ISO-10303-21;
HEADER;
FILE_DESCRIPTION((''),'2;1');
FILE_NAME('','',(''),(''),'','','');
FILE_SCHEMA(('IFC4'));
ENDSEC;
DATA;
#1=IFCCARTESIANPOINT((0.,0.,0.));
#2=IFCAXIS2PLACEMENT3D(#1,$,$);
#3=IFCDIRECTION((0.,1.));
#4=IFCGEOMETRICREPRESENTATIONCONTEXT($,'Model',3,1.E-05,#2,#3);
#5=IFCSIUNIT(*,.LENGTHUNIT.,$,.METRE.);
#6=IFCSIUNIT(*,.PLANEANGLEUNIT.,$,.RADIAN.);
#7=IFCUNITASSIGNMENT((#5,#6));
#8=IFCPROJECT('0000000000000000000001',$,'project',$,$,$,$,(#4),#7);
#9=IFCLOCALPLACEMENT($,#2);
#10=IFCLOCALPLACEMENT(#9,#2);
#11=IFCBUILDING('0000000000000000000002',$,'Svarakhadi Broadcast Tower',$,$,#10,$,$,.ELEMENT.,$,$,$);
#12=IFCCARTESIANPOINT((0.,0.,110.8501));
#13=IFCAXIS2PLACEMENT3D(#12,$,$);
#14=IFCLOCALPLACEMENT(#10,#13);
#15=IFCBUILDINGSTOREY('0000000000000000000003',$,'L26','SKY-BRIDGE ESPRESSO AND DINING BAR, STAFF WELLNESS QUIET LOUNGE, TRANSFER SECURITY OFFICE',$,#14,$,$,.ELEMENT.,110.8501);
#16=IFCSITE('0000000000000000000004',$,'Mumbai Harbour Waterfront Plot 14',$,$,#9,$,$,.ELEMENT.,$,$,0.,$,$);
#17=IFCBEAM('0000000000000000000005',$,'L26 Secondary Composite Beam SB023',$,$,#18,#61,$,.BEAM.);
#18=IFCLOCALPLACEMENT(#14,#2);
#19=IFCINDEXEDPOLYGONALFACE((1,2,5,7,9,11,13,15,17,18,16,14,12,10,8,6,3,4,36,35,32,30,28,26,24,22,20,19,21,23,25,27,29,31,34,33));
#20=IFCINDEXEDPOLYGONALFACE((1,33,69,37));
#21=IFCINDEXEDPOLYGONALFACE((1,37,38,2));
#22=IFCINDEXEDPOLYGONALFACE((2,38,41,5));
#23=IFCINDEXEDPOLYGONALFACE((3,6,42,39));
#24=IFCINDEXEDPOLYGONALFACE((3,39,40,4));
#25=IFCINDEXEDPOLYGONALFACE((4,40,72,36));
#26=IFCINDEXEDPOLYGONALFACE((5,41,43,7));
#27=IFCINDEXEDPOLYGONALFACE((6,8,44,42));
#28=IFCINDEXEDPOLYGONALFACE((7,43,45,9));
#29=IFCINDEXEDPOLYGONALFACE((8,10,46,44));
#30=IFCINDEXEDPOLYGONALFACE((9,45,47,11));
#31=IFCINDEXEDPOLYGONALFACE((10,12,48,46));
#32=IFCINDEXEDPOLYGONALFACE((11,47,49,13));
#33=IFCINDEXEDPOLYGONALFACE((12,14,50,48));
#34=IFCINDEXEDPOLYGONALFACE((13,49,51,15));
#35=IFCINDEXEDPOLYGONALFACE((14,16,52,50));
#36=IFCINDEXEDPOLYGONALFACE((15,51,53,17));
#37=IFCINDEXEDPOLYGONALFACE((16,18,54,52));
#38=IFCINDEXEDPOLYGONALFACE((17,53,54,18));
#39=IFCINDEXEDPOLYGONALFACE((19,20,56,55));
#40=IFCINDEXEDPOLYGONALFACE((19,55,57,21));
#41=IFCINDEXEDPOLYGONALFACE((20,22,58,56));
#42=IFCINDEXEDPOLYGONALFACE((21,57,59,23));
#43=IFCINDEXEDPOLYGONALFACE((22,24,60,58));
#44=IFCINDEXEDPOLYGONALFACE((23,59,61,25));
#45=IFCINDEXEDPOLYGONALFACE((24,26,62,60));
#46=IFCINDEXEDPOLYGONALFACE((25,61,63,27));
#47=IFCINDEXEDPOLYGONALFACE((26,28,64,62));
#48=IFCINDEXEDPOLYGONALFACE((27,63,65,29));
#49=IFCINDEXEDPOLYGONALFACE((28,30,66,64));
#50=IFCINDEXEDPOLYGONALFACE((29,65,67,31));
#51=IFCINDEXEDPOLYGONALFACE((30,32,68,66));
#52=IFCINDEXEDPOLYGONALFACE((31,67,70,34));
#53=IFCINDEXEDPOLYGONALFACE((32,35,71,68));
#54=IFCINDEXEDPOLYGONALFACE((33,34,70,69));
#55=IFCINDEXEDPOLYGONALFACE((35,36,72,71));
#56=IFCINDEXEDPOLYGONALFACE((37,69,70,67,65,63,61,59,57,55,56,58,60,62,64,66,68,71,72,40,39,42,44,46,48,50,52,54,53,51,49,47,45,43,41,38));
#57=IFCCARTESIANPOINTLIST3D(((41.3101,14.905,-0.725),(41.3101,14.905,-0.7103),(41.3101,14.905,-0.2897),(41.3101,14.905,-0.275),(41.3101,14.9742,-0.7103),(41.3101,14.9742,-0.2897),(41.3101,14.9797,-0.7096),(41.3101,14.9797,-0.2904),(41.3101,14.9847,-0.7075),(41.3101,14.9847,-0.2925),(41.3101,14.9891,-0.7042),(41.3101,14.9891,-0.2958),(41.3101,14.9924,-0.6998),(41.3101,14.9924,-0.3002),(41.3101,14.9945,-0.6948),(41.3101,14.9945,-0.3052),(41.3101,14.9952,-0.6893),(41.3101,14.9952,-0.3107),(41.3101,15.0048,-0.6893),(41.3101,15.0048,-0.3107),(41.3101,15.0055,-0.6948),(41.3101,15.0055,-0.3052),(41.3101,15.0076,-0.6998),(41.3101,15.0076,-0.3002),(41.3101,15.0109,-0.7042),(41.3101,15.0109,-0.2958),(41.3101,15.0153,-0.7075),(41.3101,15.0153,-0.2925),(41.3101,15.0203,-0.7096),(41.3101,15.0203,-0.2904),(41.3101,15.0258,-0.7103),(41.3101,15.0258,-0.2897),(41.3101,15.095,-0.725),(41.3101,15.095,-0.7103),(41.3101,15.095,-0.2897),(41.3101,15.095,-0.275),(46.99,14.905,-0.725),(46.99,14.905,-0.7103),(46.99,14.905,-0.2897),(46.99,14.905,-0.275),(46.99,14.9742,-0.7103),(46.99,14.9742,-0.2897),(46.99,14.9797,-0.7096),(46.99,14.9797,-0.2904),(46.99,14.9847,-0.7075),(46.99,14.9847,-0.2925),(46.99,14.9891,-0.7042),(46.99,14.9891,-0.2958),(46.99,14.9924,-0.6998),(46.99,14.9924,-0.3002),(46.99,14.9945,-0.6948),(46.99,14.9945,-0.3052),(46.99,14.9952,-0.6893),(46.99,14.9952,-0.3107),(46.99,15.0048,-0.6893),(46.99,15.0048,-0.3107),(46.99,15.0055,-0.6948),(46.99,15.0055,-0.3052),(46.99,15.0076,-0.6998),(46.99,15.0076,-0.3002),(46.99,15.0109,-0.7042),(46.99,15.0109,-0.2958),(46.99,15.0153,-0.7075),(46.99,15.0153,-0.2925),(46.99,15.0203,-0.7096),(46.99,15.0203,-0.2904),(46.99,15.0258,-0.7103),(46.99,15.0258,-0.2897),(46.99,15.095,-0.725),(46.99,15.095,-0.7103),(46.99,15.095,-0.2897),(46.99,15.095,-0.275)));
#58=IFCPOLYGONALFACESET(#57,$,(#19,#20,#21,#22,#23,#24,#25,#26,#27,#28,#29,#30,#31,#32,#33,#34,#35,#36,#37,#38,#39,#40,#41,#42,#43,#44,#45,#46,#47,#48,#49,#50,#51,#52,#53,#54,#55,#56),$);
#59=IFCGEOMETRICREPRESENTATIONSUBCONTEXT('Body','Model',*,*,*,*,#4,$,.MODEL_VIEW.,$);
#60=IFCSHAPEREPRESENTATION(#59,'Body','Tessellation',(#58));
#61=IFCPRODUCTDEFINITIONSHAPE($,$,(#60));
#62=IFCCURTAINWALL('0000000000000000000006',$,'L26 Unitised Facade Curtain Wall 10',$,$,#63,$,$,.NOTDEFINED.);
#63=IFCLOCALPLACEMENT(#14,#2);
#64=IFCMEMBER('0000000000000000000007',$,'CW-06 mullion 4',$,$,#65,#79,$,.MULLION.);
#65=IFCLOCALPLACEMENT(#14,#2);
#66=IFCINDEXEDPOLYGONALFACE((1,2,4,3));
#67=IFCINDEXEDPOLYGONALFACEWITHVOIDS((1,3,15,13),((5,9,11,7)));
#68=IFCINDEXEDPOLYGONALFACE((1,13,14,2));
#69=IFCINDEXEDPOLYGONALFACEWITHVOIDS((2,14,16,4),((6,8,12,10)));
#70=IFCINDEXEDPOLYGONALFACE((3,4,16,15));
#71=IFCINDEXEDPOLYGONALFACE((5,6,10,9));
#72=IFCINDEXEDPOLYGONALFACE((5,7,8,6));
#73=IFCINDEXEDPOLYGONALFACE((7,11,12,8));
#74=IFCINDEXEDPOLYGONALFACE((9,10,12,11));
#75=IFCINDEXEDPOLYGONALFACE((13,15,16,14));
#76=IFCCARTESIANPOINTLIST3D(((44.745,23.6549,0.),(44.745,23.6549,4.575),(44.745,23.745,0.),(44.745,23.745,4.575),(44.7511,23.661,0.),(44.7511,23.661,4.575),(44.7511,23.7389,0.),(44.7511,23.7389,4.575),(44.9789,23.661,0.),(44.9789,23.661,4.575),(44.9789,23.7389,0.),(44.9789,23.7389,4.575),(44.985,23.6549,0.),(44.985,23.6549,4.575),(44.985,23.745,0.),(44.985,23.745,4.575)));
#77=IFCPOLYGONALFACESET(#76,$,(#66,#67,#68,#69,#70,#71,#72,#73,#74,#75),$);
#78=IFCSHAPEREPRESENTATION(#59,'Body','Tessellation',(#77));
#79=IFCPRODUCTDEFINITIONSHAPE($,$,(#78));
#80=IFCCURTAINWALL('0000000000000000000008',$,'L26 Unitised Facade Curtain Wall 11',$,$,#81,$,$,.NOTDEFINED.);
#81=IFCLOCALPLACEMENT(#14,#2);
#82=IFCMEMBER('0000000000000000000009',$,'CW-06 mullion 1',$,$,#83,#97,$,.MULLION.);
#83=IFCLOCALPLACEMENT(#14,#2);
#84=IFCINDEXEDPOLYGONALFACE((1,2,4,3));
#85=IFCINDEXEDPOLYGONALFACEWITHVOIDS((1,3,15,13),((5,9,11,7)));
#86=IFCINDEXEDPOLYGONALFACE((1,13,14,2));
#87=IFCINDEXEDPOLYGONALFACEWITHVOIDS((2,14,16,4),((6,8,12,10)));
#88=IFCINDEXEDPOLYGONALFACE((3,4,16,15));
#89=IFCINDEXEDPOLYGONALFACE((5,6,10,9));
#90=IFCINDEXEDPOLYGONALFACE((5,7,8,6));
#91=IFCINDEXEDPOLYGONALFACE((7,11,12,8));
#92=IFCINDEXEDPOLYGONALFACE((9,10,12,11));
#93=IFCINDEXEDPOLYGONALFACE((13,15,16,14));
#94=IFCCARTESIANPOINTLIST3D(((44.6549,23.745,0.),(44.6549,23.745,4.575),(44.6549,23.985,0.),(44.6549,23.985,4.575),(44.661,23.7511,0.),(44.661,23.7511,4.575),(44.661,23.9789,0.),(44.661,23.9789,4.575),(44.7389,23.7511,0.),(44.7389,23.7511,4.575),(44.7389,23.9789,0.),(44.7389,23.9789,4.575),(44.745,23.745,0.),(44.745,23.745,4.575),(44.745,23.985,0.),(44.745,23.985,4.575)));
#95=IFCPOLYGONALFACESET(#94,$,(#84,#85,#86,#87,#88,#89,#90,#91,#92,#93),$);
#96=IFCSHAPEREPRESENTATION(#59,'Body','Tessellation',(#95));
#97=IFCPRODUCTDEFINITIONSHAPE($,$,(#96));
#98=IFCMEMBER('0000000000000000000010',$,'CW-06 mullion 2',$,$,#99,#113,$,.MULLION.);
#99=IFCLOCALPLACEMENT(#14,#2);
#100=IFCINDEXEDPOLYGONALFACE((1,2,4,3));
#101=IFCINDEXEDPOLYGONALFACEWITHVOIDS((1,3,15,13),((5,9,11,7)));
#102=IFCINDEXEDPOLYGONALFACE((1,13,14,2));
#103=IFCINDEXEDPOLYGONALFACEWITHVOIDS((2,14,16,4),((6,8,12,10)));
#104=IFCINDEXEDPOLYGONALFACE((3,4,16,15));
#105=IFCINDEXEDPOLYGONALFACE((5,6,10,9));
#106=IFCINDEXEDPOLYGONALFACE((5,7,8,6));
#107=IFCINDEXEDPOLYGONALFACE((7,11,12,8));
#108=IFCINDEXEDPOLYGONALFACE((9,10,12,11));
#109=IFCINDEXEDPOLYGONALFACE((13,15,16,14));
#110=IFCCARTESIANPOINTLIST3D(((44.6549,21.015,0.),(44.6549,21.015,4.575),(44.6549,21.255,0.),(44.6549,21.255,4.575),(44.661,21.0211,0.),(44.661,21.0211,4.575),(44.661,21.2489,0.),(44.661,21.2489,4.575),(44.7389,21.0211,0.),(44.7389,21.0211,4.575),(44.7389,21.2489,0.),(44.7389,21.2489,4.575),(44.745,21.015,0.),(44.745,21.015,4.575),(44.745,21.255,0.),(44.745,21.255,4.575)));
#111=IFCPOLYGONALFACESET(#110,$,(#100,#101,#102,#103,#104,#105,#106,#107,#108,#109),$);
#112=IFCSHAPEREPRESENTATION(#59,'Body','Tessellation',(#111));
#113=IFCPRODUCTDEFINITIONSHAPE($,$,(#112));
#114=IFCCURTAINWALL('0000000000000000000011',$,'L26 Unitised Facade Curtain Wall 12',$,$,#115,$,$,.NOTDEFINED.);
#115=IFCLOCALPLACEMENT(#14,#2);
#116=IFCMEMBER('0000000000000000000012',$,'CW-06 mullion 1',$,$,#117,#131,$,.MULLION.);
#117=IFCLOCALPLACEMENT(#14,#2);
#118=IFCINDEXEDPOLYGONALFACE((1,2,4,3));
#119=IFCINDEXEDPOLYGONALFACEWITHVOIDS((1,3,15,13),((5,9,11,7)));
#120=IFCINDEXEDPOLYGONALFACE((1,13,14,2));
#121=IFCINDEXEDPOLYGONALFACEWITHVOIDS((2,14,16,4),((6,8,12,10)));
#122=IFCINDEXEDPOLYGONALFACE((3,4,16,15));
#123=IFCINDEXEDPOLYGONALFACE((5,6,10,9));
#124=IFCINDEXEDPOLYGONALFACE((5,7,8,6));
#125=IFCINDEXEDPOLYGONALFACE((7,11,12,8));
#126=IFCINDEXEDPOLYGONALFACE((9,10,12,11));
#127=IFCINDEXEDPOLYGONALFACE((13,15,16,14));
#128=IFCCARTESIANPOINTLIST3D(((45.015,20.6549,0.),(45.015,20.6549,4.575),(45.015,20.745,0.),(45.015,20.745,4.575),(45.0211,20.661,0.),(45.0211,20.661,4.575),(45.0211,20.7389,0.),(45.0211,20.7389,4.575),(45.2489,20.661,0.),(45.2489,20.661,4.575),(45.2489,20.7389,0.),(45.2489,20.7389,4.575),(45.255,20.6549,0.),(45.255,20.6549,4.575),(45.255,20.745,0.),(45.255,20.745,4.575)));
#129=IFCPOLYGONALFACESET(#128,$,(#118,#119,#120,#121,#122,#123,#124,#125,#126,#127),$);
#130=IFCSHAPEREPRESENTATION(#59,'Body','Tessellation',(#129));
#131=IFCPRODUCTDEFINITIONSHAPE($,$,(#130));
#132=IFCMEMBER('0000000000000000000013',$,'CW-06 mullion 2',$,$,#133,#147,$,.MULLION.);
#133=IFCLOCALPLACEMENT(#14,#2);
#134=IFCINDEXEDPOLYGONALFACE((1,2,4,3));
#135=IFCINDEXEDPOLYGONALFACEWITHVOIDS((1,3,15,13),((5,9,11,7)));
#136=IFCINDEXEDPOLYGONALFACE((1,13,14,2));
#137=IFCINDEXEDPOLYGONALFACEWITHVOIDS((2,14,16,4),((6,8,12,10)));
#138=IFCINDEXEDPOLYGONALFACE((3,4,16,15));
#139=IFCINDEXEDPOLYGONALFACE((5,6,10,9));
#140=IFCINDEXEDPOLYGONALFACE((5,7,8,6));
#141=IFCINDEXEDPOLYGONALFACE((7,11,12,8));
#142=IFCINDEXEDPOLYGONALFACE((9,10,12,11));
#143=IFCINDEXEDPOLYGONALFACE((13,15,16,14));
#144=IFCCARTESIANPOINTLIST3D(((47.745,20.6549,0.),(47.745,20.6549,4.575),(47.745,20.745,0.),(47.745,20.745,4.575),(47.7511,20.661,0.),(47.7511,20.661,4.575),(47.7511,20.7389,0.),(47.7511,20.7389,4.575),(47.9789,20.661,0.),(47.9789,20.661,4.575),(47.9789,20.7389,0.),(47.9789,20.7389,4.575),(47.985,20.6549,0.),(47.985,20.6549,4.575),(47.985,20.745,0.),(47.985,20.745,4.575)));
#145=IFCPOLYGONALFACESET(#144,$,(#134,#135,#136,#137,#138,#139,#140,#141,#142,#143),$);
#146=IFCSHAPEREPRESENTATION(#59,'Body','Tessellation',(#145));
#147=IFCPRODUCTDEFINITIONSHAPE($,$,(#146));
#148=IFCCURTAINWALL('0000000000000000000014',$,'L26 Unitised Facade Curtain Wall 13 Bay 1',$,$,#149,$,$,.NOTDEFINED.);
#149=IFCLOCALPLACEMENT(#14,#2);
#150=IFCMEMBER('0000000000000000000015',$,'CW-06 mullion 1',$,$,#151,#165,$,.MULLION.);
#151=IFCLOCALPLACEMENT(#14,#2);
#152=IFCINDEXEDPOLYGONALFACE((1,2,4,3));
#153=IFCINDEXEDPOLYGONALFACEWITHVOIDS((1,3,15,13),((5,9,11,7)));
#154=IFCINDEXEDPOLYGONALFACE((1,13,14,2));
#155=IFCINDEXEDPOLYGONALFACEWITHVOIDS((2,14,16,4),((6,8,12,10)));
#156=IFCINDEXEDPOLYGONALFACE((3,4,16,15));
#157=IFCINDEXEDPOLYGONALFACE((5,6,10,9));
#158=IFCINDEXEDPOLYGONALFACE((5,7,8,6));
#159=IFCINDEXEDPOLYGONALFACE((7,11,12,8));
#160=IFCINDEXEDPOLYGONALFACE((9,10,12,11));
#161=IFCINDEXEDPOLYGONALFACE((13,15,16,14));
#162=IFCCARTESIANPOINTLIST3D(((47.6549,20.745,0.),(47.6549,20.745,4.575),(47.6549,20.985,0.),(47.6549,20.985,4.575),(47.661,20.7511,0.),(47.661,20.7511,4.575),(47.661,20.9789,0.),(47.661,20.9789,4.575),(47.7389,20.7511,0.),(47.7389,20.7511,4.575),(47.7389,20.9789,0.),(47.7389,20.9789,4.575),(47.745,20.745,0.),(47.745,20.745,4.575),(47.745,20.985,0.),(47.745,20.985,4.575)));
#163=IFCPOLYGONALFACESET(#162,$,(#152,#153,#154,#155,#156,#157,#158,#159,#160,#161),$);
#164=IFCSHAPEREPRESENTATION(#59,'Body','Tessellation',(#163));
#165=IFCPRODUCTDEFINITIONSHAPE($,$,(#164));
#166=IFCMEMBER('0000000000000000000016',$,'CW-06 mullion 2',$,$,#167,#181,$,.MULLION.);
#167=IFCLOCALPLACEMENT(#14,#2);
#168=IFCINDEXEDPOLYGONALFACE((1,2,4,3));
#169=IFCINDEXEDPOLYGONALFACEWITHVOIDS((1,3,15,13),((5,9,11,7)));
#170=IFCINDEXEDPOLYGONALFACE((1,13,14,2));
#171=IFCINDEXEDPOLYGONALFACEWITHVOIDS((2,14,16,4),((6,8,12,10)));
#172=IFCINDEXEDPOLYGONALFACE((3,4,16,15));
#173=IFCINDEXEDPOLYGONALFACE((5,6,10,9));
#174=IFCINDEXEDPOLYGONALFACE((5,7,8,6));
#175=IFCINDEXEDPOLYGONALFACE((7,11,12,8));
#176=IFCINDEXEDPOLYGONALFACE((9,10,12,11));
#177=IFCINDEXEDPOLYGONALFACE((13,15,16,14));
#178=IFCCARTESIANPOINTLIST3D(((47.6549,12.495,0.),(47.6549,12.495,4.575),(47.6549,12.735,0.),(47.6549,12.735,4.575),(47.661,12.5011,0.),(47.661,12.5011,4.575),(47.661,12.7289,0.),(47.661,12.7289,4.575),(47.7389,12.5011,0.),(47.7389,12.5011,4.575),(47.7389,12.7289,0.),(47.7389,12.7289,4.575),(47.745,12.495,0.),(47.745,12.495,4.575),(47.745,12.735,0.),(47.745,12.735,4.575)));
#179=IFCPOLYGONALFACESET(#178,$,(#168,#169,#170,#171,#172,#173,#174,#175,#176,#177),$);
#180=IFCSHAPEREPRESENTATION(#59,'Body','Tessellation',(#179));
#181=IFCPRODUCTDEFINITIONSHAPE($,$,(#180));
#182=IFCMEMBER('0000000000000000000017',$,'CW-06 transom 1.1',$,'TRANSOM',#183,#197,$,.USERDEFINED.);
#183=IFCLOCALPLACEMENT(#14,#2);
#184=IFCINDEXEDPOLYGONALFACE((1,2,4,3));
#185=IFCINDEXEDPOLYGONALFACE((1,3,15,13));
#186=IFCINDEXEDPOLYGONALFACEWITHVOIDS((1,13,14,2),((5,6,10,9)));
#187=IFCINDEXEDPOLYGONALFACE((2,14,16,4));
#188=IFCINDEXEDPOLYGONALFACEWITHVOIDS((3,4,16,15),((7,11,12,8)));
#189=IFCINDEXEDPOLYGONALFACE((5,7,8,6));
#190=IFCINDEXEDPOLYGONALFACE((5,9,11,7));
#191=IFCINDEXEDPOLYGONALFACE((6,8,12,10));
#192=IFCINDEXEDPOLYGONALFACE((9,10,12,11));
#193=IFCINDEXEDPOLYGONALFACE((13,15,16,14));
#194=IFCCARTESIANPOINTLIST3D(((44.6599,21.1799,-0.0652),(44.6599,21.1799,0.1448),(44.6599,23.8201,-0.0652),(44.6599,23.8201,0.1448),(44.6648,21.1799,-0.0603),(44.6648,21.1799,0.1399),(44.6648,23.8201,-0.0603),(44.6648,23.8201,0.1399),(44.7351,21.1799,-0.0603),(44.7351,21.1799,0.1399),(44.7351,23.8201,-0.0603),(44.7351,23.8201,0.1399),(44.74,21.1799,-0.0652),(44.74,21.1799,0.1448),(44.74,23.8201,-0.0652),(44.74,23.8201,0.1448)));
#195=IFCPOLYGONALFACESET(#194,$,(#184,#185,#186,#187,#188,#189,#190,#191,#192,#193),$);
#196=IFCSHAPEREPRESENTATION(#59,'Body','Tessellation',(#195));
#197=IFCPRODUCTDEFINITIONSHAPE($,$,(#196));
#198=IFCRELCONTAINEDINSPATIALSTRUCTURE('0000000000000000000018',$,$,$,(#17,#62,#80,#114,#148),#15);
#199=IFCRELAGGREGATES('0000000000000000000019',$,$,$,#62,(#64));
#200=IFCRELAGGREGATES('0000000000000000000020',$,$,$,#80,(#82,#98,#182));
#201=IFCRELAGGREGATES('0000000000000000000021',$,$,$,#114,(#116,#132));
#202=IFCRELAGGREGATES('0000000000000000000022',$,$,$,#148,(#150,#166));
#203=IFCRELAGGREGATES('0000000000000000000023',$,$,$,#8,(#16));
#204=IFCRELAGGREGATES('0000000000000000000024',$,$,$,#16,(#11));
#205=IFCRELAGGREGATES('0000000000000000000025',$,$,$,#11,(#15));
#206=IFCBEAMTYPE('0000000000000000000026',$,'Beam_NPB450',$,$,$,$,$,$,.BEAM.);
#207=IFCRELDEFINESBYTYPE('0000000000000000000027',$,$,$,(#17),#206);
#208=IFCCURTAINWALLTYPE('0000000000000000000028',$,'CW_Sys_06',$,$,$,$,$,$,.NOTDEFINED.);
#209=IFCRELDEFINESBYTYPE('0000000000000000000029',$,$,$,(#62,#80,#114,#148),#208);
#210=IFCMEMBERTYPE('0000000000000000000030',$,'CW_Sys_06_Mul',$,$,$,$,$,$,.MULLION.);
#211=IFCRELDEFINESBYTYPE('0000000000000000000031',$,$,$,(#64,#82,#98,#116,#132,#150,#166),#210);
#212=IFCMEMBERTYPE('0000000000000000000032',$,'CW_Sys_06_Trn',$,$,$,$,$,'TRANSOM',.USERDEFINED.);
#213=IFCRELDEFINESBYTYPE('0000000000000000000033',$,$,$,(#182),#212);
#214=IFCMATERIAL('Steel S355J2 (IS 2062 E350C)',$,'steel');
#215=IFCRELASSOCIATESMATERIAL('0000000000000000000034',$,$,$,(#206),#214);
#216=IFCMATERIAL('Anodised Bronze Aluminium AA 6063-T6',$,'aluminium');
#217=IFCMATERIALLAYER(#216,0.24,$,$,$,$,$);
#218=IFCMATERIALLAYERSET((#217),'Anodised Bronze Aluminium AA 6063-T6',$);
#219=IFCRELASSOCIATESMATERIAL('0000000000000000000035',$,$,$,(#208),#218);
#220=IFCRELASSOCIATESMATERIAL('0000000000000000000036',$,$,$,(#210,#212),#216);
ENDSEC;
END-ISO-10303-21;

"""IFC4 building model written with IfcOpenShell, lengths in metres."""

from ifc_helpers import new_model, si_unit, direction, frame, origin, origin_2d, place, context, subcontext, project, spatial, hollow_rectangle, i_section, extrude, material, layer, layer_set, material_profile, profile_set, type_object, element, aggregate, save


model = new_model("IFC4")

# Units and contexts
model_context = context("Model", 3, precision=1e-05, world=origin(), true_north=direction((0.0, 1.0)))
body_context = subcontext(model_context, "Body", "Model", "MODEL_VIEW")
ifc_project = project(units=[si_unit("LENGTHUNIT", "METRE"), si_unit("PLANEANGLEUNIT", "RADIAN")], contexts=[model_context])

# Site, building, storey
site_placement = place(None, origin())
site = spatial("IfcSite", under=ifc_project, at=site_placement, Name="Mumbai Harbour Waterfront Plot 14", CompositionType="ELEMENT", RefElevation=0.0)
building_placement = place(site_placement, origin())
building = spatial("IfcBuilding", under=site, at=building_placement, Name="Svarakhadi Broadcast Tower", CompositionType="ELEMENT")
storey_placement = place(building_placement, frame((0.0, 0.0, 110.8501)))
storey = spatial("IfcBuildingStorey", under=building, at=storey_placement, Name="L26", Description="SKY-BRIDGE ESPRESSO AND DINING BAR, STAFF WELLNESS QUIET LOUNGE, TRANSFER SECURITY OFFICE", CompositionType="ELEMENT", Elevation=110.8501)

# Beam
ifc_material_1 = material(Name="Steel S355J2 (IS 2062 E350C)", Category="steel")
ifc_material_profile_1 = material_profile(ifc_material_1, i_section(OverallWidth=0.1899, OverallDepth=0.45, WebThickness=0.0095, FlangeThickness=0.0146, FilletRadius=0.021, at=origin_2d()), Name="NPB 450x190x78")
ifc_profile_set_1 = profile_set([ifc_material_profile_1], Name="Steel S355J2 (IS 2062 E350C)")
beam_type_1 = type_object("IfcBeamType", Name="Beam_NPB450", PredefinedType="BEAM", material=ifc_profile_set_1)
beam_placement = place(storey_placement, frame((41.3101, 15.0, -0.5), z_axis=(1.0, 0.0, 0.0), x_axis=(0.0, 1.0, 0.0)))
element("IfcBeam", 1, at=beam_placement, inside=storey, type_object=beam_type_1, Name="L26 Secondary Composite Beam SB023", PredefinedType="BEAM", context=body_context, shape_type="SweptSolid", body=[
    extrude(i_section(OverallWidth=0.1899, OverallDepth=0.45, WebThickness=0.0095, FlangeThickness=0.0146, FilletRadius=0.021, at=origin_2d()), origin(), (0.0, 0.0, 1.0), 5.6799),
])

# Curtain wall, member
ifc_material_2 = material(Name="Anodised Bronze Aluminium AA 6063-T6", Category="aluminium")
ifc_layer_1 = layer(ifc_material_2, 0.24)
ifc_layer_set_1 = layer_set([ifc_layer_1], Name="Anodised Bronze Aluminium AA 6063-T6")
curtain_wall_type = type_object("IfcCurtainWallType", Name="CW_Sys_06", PredefinedType="NOTDEFINED", material=ifc_layer_set_1)
curtain_wall_1_placement = place(storey_placement, origin())
curtain_wall_1 = element("IfcCurtainWall", 2, at=curtain_wall_1_placement, inside=storey, type_object=curtain_wall_type, Name="L26 Unitised Facade Curtain Wall 10", PredefinedType="NOTDEFINED")
ifc_material_profile_2 = material_profile(ifc_material_2, hollow_rectangle(XDim=0.0901, YDim=0.24, WallThickness=0.0061, at=origin_2d()), Name="ALU MULLION 240x90x6")
ifc_profile_set_2 = profile_set([ifc_material_profile_2], Name="Anodised Bronze Aluminium AA 6063-T6")
member_type_1 = type_object("IfcMemberType", Name="CW_Sys_06_Mul", PredefinedType="MULLION", material=ifc_profile_set_2)
member_1_placement = place(storey_placement, frame((44.865, 23.7, 0.0), z_axis=(0.0, 0.0, 1.0), x_axis=(0.0, 1.0, 0.0)))
member_1 = element("IfcMember", 3, at=member_1_placement, type_object=member_type_1, Name="CW-06 mullion 4", PredefinedType="MULLION", context=body_context, shape_type="SweptSolid", body=[
    extrude(hollow_rectangle(XDim=0.0901, YDim=0.24, WallThickness=0.0061, at=origin_2d()), origin(), (0.0, 0.0, 1.0), 4.575),
])

# Curtain walls, members
curtain_wall_2_placement = place(storey_placement, origin())
curtain_wall_2 = element("IfcCurtainWall", 4, at=curtain_wall_2_placement, inside=storey, type_object=curtain_wall_type, Name="L26 Unitised Facade Curtain Wall 11", PredefinedType="NOTDEFINED")
member_2_placement = place(storey_placement, frame((44.7, 23.865, 0.0), z_axis=(0.0, 0.0, 1.0), x_axis=(1.0, 0.0, 0.0)))
member_2 = element("IfcMember", 5, at=member_2_placement, type_object=member_type_1, Name="CW-06 mullion 1", PredefinedType="MULLION", context=body_context, shape_type="SweptSolid", body=[
    extrude(hollow_rectangle(XDim=0.0901, YDim=0.24, WallThickness=0.0061, at=origin_2d()), origin(), (0.0, 0.0, 1.0), 4.575),
])
member_3_placement = place(storey_placement, frame((44.7, 21.135, 0.0), z_axis=(0.0, 0.0, 1.0), x_axis=(1.0, 0.0, 0.0)))
member_3 = element("IfcMember", 6, at=member_3_placement, type_object=member_type_1, Name="CW-06 mullion 2", PredefinedType="MULLION", context=body_context, shape_type="SweptSolid", body=[
    extrude(hollow_rectangle(XDim=0.0901, YDim=0.24, WallThickness=0.0061, at=origin_2d()), origin(), (0.0, 0.0, 1.0), 4.575),
])
curtain_wall_3_placement = place(storey_placement, origin())
curtain_wall_3 = element("IfcCurtainWall", 7, at=curtain_wall_3_placement, inside=storey, type_object=curtain_wall_type, Name="L26 Unitised Facade Curtain Wall 12", PredefinedType="NOTDEFINED")
member_4_placement = place(storey_placement, frame((45.135, 20.7, 0.0), z_axis=(0.0, 0.0, 1.0), x_axis=(0.0, 1.0, 0.0)))
member_4 = element("IfcMember", 8, at=member_4_placement, type_object=member_type_1, Name="CW-06 mullion 1", PredefinedType="MULLION", context=body_context, shape_type="SweptSolid", body=[
    extrude(hollow_rectangle(XDim=0.0901, YDim=0.24, WallThickness=0.0061, at=origin_2d()), origin(), (0.0, 0.0, 1.0), 4.575),
])
member_5_placement = place(storey_placement, frame((47.865, 20.7, 0.0), z_axis=(0.0, 0.0, 1.0), x_axis=(0.0, 1.0, 0.0)))
member_5 = element("IfcMember", 9, at=member_5_placement, type_object=member_type_1, Name="CW-06 mullion 2", PredefinedType="MULLION", context=body_context, shape_type="SweptSolid", body=[
    extrude(hollow_rectangle(XDim=0.0901, YDim=0.24, WallThickness=0.0061, at=origin_2d()), origin(), (0.0, 0.0, 1.0), 4.575),
])
curtain_wall_4_placement = place(storey_placement, origin())
curtain_wall_4 = element("IfcCurtainWall", 10, at=curtain_wall_4_placement, inside=storey, type_object=curtain_wall_type, Name="L26 Unitised Facade Curtain Wall 13 Bay 1", PredefinedType="NOTDEFINED")
member_6_placement = place(storey_placement, frame((47.7, 20.865, 0.0), z_axis=(0.0, 0.0, 1.0), x_axis=(1.0, 0.0, 0.0)))
member_6 = element("IfcMember", 11, at=member_6_placement, type_object=member_type_1, Name="CW-06 mullion 1", PredefinedType="MULLION", context=body_context, shape_type="SweptSolid", body=[
    extrude(hollow_rectangle(XDim=0.0901, YDim=0.24, WallThickness=0.0061, at=origin_2d()), origin(), (0.0, 0.0, 1.0), 4.575),
])
member_7_placement = place(storey_placement, frame((47.7, 12.615, 0.0), z_axis=(0.0, 0.0, 1.0), x_axis=(1.0, 0.0, 0.0)))
member_7 = element("IfcMember", 12, at=member_7_placement, type_object=member_type_1, Name="CW-06 mullion 2", PredefinedType="MULLION", context=body_context, shape_type="SweptSolid", body=[
    extrude(hollow_rectangle(XDim=0.0901, YDim=0.24, WallThickness=0.0061, at=origin_2d()), origin(), (0.0, 0.0, 1.0), 4.575),
])

# Member
ifc_material_profile_3 = material_profile(ifc_material_2, hollow_rectangle(XDim=0.0801, YDim=0.21, WallThickness=0.0049, at=origin_2d()), Name="ALU TRANSOM 210x80x5")
ifc_profile_set_3 = profile_set([ifc_material_profile_3], Name="Anodised Bronze Aluminium AA 6063-T6")
member_type_2 = type_object("IfcMemberType", Name="CW_Sys_06_Trn", ElementType="TRANSOM", PredefinedType="USERDEFINED", material=ifc_profile_set_3)
member_8_placement = place(storey_placement, frame((44.7, 23.8201, 0.0398), z_axis=(0.0, -1.0, 0.0), x_axis=(1.0, 0.0, 0.0)))
member_8 = element("IfcMember", 13, at=member_8_placement, type_object=member_type_2, Name="CW-06 transom 1.1", ObjectType="TRANSOM", PredefinedType="USERDEFINED", context=body_context, shape_type="SweptSolid", body=[
    extrude(hollow_rectangle(XDim=0.0801, YDim=0.21, WallThickness=0.0049, at=origin_2d()), origin(), (0.0, 0.0, 1.0), 2.6401),
])

aggregate(curtain_wall_1, [member_1])
aggregate(curtain_wall_2, [member_2, member_3, member_8])
aggregate(curtain_wall_3, [member_4, member_5])
aggregate(curtain_wall_4, [member_6, member_7])

save(model, "model.ifc")
